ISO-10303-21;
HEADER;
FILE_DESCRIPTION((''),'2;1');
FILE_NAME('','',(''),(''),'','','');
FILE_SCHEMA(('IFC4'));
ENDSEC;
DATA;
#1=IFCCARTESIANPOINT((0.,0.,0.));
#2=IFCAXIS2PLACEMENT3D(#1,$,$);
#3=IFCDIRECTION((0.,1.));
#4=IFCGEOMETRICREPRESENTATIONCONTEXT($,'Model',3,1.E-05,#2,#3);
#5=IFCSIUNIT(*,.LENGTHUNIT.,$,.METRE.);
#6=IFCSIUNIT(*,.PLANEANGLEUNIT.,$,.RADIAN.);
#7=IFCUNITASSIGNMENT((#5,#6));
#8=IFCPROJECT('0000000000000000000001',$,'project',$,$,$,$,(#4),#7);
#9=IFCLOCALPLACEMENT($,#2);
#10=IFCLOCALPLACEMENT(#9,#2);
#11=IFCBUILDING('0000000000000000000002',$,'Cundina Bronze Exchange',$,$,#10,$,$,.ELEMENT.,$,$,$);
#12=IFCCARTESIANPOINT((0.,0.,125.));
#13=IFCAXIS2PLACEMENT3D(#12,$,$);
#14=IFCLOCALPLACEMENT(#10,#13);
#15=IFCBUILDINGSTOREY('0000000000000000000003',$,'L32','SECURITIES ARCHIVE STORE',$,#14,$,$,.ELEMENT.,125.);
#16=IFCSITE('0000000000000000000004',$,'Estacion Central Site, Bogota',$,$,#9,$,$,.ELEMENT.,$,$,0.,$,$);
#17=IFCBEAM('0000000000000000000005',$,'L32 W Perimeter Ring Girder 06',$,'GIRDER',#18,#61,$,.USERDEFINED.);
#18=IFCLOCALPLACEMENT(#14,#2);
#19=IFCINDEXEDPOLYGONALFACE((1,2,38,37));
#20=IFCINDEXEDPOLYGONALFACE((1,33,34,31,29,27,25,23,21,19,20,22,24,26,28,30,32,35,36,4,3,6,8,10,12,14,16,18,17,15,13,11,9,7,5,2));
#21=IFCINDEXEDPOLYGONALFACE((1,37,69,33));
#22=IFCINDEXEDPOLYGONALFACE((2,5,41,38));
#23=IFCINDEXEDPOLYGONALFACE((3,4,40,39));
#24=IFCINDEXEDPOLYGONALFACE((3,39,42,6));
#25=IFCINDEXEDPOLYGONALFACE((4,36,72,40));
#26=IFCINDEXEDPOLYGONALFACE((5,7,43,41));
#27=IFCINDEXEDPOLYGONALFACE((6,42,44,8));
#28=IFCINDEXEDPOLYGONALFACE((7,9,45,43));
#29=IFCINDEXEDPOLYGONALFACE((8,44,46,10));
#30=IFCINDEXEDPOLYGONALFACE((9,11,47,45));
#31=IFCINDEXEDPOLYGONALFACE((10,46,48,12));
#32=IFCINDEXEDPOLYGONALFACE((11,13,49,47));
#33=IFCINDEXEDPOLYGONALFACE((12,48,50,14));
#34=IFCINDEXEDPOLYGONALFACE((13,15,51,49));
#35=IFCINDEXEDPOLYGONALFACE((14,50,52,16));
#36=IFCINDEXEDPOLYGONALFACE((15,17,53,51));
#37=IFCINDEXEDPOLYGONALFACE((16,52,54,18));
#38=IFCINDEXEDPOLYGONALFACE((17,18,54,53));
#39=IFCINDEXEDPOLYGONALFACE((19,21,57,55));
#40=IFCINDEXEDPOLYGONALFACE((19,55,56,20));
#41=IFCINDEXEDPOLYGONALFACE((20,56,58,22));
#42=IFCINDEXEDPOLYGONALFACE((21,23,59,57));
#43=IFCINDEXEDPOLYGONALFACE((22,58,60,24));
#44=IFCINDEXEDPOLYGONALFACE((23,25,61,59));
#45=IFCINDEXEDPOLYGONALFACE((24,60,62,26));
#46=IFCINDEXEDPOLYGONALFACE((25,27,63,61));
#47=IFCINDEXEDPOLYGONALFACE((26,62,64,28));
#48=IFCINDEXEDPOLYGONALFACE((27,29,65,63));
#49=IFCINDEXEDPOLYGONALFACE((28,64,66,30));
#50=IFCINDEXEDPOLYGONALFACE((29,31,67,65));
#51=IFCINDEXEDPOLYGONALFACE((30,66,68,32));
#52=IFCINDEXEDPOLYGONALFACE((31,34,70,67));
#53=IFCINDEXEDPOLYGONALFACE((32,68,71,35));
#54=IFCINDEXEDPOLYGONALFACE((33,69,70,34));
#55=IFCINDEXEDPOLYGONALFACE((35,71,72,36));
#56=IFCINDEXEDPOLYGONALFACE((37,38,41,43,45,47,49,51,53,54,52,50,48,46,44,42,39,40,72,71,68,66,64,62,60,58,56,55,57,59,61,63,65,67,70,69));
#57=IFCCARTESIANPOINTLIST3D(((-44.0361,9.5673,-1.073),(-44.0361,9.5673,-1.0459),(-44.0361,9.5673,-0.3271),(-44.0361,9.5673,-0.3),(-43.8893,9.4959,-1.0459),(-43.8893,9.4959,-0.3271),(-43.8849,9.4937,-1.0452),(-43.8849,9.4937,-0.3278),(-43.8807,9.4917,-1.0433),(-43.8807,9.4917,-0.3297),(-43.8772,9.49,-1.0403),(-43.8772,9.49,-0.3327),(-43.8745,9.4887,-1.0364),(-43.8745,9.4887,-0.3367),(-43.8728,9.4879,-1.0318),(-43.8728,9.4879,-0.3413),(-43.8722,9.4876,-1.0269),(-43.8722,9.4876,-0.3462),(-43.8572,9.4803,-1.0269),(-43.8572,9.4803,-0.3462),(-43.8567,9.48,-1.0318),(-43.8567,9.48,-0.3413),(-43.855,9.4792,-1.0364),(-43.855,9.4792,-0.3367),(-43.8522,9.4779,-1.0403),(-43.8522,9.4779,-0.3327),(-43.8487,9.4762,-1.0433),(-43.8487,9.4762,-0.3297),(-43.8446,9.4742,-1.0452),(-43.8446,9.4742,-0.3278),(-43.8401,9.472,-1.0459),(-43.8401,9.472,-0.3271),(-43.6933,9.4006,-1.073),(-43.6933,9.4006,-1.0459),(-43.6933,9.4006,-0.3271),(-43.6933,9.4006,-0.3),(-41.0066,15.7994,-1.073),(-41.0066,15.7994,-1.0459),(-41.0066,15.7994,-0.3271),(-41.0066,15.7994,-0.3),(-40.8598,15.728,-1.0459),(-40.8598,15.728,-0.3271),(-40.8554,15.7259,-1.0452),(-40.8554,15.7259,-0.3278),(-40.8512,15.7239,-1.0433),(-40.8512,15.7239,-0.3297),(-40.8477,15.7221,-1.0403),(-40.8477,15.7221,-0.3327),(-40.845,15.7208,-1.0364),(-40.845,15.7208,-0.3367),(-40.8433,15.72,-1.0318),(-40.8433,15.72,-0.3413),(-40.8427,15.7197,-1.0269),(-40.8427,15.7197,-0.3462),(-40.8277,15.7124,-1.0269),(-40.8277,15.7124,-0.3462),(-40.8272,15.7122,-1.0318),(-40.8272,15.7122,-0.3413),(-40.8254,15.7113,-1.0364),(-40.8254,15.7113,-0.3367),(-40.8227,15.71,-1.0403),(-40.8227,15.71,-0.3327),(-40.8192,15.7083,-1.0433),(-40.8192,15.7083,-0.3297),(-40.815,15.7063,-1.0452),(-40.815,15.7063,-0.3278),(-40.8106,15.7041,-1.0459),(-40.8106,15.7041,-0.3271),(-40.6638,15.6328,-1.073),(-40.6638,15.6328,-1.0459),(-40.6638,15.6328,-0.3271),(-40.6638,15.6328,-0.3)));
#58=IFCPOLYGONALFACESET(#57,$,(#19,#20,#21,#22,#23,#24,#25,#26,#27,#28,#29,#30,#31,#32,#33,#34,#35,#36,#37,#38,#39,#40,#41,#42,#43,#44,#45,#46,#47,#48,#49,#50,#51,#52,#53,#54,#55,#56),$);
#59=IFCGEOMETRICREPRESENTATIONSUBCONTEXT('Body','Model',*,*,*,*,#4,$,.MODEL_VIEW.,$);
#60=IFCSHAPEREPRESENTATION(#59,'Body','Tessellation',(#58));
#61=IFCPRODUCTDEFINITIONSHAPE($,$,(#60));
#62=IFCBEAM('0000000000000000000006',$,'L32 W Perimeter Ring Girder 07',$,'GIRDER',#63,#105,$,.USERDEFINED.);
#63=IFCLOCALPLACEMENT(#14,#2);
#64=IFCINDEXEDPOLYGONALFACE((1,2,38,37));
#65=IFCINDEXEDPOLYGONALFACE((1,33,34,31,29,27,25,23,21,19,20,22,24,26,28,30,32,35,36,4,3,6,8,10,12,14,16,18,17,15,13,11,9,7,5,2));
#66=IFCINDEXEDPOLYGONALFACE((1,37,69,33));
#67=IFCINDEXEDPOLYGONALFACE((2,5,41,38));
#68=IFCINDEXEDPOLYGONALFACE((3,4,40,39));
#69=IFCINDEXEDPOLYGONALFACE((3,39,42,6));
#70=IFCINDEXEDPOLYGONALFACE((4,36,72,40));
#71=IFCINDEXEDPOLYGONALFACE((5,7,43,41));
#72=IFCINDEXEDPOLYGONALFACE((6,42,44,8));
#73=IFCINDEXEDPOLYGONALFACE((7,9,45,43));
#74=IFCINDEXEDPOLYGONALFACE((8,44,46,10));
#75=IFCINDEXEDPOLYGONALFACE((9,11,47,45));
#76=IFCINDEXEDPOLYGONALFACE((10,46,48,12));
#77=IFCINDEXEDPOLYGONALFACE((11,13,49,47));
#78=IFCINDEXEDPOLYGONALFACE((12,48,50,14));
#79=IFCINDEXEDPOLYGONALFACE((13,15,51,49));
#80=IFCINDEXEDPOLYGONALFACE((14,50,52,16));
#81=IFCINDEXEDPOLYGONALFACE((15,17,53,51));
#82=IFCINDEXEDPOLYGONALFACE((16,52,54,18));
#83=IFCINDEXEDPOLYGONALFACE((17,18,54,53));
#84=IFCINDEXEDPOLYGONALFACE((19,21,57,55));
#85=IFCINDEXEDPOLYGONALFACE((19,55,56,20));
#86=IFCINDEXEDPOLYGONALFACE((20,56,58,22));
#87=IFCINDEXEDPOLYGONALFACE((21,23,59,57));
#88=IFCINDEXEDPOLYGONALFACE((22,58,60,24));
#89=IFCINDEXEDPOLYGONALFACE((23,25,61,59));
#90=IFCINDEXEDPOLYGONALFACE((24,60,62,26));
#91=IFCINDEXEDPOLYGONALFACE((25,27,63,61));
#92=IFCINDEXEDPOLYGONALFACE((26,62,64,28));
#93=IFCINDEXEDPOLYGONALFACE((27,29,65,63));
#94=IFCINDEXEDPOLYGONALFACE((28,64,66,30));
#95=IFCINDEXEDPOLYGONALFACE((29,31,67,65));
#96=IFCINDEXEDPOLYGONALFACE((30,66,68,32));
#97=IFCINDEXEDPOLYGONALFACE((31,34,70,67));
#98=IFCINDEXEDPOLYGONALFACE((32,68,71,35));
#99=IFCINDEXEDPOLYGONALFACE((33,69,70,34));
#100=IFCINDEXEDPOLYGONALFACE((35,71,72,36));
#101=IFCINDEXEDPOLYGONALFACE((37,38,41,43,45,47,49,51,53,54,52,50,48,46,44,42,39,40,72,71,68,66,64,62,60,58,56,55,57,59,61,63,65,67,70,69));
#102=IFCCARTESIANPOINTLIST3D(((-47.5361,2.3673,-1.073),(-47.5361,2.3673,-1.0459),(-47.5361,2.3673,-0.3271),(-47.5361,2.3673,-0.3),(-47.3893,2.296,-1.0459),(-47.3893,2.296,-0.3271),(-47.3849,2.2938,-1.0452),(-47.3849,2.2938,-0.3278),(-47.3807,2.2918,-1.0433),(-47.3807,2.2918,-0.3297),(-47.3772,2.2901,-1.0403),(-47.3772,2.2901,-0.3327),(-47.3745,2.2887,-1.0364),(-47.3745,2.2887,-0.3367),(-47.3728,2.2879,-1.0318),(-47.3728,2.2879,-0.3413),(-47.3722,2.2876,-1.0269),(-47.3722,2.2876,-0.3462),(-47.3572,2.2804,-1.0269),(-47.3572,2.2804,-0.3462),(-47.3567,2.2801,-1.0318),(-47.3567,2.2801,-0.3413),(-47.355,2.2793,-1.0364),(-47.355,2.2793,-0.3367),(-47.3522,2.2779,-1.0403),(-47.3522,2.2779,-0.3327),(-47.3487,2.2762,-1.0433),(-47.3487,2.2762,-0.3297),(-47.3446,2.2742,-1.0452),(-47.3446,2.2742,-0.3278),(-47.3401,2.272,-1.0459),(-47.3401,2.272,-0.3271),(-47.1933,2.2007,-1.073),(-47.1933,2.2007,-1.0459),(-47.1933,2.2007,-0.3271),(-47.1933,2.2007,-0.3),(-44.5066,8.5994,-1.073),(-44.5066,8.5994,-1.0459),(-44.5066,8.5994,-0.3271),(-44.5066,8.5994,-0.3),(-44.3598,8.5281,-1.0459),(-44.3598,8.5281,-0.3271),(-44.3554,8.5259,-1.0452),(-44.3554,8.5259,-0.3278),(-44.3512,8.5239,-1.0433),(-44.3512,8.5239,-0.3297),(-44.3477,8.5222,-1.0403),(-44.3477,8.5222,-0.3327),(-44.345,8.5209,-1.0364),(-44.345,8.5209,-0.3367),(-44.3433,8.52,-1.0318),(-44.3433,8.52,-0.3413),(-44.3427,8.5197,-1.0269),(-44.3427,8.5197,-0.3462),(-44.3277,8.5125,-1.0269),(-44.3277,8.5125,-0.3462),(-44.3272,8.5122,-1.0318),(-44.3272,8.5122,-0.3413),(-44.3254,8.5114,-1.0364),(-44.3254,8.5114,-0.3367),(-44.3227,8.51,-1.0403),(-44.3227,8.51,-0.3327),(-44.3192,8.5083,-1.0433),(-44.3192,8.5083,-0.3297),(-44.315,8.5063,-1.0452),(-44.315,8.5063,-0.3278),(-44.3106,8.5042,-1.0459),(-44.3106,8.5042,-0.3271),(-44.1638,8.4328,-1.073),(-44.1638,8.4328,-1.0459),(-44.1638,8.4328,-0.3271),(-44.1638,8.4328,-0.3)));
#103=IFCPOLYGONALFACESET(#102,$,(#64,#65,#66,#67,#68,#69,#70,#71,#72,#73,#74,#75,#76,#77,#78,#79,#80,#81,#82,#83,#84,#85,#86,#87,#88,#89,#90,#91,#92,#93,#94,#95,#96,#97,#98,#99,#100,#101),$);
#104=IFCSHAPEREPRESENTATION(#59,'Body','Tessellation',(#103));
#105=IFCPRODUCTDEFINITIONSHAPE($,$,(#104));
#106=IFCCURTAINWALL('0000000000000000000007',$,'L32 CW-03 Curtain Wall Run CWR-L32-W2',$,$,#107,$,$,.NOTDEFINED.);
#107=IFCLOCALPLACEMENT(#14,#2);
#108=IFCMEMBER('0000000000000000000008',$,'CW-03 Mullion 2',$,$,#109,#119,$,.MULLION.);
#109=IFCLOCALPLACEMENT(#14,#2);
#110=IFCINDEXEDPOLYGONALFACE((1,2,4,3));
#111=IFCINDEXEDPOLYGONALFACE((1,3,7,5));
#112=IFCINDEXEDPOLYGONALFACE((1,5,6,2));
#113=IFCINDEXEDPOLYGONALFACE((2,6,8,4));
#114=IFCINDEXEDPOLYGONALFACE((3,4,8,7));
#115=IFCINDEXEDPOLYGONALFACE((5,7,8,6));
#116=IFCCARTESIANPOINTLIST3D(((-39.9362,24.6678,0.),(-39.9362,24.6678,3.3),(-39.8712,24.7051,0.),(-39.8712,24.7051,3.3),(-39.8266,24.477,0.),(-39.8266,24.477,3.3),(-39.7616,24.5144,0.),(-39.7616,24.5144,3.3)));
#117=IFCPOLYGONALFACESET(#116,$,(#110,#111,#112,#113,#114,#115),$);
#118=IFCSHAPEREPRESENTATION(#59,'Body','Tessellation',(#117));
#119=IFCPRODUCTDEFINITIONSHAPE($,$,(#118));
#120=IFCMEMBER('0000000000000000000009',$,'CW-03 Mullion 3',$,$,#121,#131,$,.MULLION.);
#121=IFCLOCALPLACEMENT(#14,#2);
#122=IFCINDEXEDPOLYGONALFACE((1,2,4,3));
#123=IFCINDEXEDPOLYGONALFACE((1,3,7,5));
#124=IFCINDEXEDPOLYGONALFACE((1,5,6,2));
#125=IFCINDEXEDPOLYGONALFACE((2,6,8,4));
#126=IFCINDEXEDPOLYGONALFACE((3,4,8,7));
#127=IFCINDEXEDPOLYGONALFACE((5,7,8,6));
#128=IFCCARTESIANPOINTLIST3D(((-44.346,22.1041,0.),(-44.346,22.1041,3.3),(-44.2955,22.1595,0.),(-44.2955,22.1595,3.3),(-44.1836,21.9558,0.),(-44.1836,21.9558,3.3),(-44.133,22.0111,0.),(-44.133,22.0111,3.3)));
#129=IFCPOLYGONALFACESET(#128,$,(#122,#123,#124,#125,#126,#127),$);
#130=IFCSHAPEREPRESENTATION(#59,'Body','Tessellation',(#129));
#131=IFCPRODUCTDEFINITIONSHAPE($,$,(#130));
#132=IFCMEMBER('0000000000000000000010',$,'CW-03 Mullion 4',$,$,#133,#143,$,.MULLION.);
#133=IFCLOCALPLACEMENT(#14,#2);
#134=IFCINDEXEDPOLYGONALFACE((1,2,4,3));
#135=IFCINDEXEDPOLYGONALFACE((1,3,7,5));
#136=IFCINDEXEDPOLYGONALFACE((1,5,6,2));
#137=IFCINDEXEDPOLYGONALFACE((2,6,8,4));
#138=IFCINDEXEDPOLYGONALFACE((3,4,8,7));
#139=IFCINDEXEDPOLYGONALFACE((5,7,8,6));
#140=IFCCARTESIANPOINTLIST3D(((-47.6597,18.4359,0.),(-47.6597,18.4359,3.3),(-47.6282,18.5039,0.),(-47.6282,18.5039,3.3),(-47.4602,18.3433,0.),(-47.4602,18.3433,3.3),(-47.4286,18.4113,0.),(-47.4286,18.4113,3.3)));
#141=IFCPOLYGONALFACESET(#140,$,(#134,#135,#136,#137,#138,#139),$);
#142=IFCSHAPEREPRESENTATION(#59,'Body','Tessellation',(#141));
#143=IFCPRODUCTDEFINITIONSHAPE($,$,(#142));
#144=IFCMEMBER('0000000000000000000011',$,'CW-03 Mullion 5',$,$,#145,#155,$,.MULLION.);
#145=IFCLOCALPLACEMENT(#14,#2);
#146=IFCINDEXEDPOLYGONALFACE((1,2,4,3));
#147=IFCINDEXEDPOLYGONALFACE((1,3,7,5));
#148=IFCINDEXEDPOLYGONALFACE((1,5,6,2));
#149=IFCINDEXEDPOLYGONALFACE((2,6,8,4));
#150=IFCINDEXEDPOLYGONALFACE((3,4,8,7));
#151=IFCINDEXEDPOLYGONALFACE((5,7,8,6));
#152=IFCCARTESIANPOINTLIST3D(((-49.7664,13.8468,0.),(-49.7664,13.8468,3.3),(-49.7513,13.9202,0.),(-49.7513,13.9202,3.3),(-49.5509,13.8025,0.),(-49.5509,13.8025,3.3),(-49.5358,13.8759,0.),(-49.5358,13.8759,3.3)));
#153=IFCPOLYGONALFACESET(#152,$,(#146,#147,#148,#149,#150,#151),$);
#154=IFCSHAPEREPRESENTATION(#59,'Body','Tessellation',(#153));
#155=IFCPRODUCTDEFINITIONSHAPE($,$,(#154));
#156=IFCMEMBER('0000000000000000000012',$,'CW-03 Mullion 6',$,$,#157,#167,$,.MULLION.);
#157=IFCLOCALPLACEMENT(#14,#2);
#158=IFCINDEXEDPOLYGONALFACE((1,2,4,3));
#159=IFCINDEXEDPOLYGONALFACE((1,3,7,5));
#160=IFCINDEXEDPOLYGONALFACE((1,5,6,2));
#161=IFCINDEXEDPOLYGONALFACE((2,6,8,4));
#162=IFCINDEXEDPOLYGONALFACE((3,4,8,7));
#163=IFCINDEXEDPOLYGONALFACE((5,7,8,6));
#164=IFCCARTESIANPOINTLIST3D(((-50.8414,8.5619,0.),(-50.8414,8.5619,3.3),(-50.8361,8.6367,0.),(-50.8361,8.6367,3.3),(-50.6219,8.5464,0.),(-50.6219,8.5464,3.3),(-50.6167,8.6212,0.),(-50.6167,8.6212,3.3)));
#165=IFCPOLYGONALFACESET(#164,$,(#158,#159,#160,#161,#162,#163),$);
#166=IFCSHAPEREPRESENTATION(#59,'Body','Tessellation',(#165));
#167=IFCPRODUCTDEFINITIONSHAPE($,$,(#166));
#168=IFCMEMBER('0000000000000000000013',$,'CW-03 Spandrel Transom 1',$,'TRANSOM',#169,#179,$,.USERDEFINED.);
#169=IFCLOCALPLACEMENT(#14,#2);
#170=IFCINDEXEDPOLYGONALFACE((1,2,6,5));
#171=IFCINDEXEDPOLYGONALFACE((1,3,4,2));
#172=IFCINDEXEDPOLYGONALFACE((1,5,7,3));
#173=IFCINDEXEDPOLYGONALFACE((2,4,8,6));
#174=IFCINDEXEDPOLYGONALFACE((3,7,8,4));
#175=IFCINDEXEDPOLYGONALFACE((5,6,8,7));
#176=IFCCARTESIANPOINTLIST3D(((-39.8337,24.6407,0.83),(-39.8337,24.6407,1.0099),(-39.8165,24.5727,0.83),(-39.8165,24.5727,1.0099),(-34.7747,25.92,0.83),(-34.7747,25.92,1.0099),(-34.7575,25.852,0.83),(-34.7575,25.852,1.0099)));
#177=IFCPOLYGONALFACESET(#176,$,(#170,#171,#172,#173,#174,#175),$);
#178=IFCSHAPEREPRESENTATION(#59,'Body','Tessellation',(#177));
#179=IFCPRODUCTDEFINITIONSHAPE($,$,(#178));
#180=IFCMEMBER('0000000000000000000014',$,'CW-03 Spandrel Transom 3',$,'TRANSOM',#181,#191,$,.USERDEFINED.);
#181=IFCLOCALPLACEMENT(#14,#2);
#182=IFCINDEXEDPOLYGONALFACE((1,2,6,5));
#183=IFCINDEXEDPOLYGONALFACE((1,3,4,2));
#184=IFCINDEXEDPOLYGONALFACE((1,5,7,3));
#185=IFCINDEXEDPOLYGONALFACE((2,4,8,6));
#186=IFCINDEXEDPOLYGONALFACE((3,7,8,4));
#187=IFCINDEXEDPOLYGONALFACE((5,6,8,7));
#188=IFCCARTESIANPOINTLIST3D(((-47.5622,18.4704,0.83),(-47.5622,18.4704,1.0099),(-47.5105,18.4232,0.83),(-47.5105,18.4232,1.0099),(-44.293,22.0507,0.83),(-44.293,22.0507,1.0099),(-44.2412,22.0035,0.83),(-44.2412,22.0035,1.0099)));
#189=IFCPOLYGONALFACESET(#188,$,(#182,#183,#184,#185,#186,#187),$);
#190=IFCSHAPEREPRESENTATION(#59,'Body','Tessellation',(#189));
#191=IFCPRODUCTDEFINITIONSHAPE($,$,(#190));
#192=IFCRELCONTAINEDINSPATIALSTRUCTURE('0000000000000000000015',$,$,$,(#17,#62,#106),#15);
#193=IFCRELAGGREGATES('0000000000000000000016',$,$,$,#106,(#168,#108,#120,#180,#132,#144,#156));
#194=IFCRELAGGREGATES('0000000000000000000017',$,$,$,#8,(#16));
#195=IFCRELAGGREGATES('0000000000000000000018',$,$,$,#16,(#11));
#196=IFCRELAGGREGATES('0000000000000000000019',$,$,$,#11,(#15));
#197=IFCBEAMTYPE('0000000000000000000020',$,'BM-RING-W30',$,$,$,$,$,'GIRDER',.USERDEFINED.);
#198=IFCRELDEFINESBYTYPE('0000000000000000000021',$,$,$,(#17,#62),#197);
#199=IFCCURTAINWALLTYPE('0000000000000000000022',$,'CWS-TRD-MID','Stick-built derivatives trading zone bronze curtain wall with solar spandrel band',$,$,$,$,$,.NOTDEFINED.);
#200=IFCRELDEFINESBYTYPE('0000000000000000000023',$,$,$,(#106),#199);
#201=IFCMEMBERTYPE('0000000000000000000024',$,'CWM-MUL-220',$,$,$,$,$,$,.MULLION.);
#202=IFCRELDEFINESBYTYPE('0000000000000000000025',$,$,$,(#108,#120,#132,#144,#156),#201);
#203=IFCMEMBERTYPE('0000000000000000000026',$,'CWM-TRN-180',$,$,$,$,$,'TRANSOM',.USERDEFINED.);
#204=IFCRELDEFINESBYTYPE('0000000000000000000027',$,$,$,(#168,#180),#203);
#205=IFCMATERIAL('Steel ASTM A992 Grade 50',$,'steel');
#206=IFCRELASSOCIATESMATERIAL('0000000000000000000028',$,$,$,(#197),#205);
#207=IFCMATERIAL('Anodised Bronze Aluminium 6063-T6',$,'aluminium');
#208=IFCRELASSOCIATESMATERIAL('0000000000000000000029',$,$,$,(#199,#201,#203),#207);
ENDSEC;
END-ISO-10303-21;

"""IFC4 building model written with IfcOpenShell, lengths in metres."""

from ifc_helpers import new_model, si_unit, direction, frame, origin, origin_2d, place, context, subcontext, project, spatial, rectangle, i_section, extrude, material, material_profile, profile_set, type_object, element, aggregate, save


model = new_model("IFC4")

# Units and contexts
model_context = context("Model", 3, precision=1e-05, world=origin(), true_north=direction((0.0, 1.0)))
body_context = subcontext(model_context, "Body", "Model", "MODEL_VIEW")
ifc_project = project(units=[si_unit("LENGTHUNIT", "METRE"), si_unit("PLANEANGLEUNIT", "RADIAN")], contexts=[model_context])

# Site, building, storey
site_placement = place(None, origin())
site = spatial("IfcSite", under=ifc_project, at=site_placement, Name="Estacion Central Site, Bogota", CompositionType="ELEMENT", RefElevation=0.0)
building_placement = place(site_placement, origin())
building = spatial("IfcBuilding", under=site, at=building_placement, Name="Cundina Bronze Exchange", CompositionType="ELEMENT")
storey_placement = place(building_placement, frame((0.0, 0.0, 125.0)))
storey = spatial("IfcBuildingStorey", under=building, at=storey_placement, Name="L32", Description="SECURITIES ARCHIVE STORE", CompositionType="ELEMENT", Elevation=125.0)

# Beams
ifc_material_1 = material(Name="Steel ASTM A992 Grade 50", Category="steel")
ifc_material_profile_1 = material_profile(ifc_material_1, i_section(OverallWidth=0.3811, OverallDepth=0.7729, WebThickness=0.0166, FlangeThickness=0.0271, FilletRadius=0.019, at=origin_2d()), Name="W30X173", Category="steel")
ifc_profile_set_1 = profile_set([ifc_material_profile_1], Name="Steel ASTM A992 Grade 50")
beam_type_1 = type_object("IfcBeamType", Name="BM-RING-W30", ElementType="GIRDER", PredefinedType="USERDEFINED", material=ifc_profile_set_1)
for number, where, z_axis, x_axis, name in (
    (1, (-40.8352, 15.7161, -0.6865), (-0.437194, -0.899367, 0.0), (0.899367, -0.437194, 0.0), "L32 W Perimeter Ring Girder 06"),
    (2, (-44.3352, 8.5161, -0.6865), (-0.437194, -0.899367, 0.0), (0.899367, -0.437194, 0.0), "L32 W Perimeter Ring Girder 07"),
):
    element("IfcBeam", number, at=place(storey_placement, frame(where, z_axis=z_axis, x_axis=x_axis)), inside=storey, type_object=beam_type_1, Name=name, ObjectType="GIRDER", PredefinedType="USERDEFINED", context=body_context, shape_type="SweptSolid", body=[
        extrude(i_section(OverallWidth=0.3811, OverallDepth=0.7729, WebThickness=0.0166, FlangeThickness=0.0271, FilletRadius=0.019, at=origin_2d()), origin(), (0.0, 0.0, 1.0), 6.9294),
    ])

# Curtain wall, members
ifc_material_2 = material(Name="Anodised Bronze Aluminium 6063-T6", Category="aluminium")
curtain_wall_type = type_object("IfcCurtainWallType", Name="CWS-TRD-MID", Description="Stick-built derivatives trading zone bronze curtain wall with solar spandrel band", PredefinedType="NOTDEFINED", material=ifc_material_2)
curtain_wall_placement = place(storey_placement, origin())
curtain_wall = element("IfcCurtainWall", 3, at=curtain_wall_placement, inside=storey, type_object=curtain_wall_type, Name="L32 CW-03 Curtain Wall Run CWR-L32-W2", PredefinedType="NOTDEFINED")
ifc_material_profile_2 = material_profile(ifc_material_2, rectangle(XDim=0.075, YDim=0.22, at=origin_2d()), Name="AL75X220", Category="aluminium")
ifc_profile_set_2 = profile_set([ifc_material_profile_2], Name="Anodised Bronze Aluminium 6063-T6")
member_type_1 = type_object("IfcMemberType", Name="CWM-MUL-220", PredefinedType="MULLION", material=ifc_profile_set_2)
member_1_placement = place(storey_placement, frame((-39.8489, 24.5911, 0.0), z_axis=(0.0, 0.0, 1.0), x_axis=(-0.867071, -0.498185, 0.0)))
member_1 = element("IfcMember", 4, at=member_1_placement, type_object=member_type_1, Name="CW-03 Mullion 2", PredefinedType="MULLION", context=body_context, shape_type="SweptSolid", body=[
    extrude(rectangle(XDim=0.075, YDim=0.22, at=origin_2d()), origin(), (0.0, 0.0, 1.0), 3.3),
])
member_2_placement = place(storey_placement, frame((-44.2395, 22.0576, 0.0), z_axis=(0.0, 0.0, 1.0), x_axis=(-0.674302, -0.738455, 0.0)))
member_2 = element("IfcMember", 5, at=member_2_placement, type_object=member_type_1, Name="CW-03 Mullion 3", PredefinedType="MULLION", context=body_context, shape_type="SweptSolid", body=[
    extrude(rectangle(XDim=0.075, YDim=0.22, at=origin_2d()), origin(), (0.0, 0.0, 1.0), 3.3),
])
member_3_placement = place(storey_placement, frame((-47.5442, 18.4236, 0.0), z_axis=(0.0, 0.0, 1.0), x_axis=(-0.420877, -0.907117, 0.0)))
member_3 = element("IfcMember", 6, at=member_3_placement, type_object=member_type_1, Name="CW-03 Mullion 4", PredefinedType="MULLION", context=body_context, shape_type="SweptSolid", body=[
    extrude(rectangle(XDim=0.075, YDim=0.22, at=origin_2d()), origin(), (0.0, 0.0, 1.0), 3.3),
])
member_4_placement = place(storey_placement, frame((-49.6511, 13.8613, 0.0), z_axis=(0.0, 0.0, 1.0), x_axis=(-0.20142, -0.979505, 0.0)))
member_4 = element("IfcMember", 7, at=member_4_placement, type_object=member_type_1, Name="CW-03 Mullion 5", PredefinedType="MULLION", context=body_context, shape_type="SweptSolid", body=[
    extrude(rectangle(XDim=0.075, YDim=0.22, at=origin_2d()), origin(), (0.0, 0.0, 1.0), 3.3),
])
member_5_placement = place(storey_placement, frame((-50.729, 8.5916, 0.0), z_axis=(0.0, 0.0, 1.0), x_axis=(-0.070279, -0.997527, 0.0)))
member_5 = element("IfcMember", 8, at=member_5_placement, type_object=member_type_1, Name="CW-03 Mullion 6", PredefinedType="MULLION", context=body_context, shape_type="SweptSolid", body=[
    extrude(rectangle(XDim=0.075, YDim=0.22, at=origin_2d()), origin(), (0.0, 0.0, 1.0), 3.3),
])
ifc_material_profile_3 = material_profile(ifc_material_2, rectangle(XDim=0.0701, YDim=0.1799, at=origin_2d()), Name="AL70X180", Category="aluminium")
ifc_profile_set_3 = profile_set([ifc_material_profile_3], Name="Anodised Bronze Aluminium 6063-T6")
member_type_2 = type_object("IfcMemberType", Name="CWM-TRN-180", ElementType="TRANSOM", PredefinedType="USERDEFINED", material=ifc_profile_set_3)
member_6_placement = place(storey_placement, frame((-34.7661, 25.886, 0.9199), z_axis=(-0.969484, -0.245155, 0.0), x_axis=(0.245155, -0.969484, 0.0)))
member_6 = element("IfcMember", 9, at=member_6_placement, type_object=member_type_2, Name="CW-03 Spandrel Transom 1", ObjectType="TRANSOM", PredefinedType="USERDEFINED", context=body_context, shape_type="SweptSolid", body=[
    extrude(rectangle(XDim=0.0701, YDim=0.1799, at=origin_2d()), origin(), (0.0, 0.0, 1.0), 5.2183),
])
member_7_placement = place(storey_placement, frame((-44.2671, 22.0271, 0.9199), z_axis=(-0.674303, -0.738455, 0.0), x_axis=(0.738455, -0.674303, 0.0)))
member_7 = element("IfcMember", 10, at=member_7_placement, type_object=member_type_2, Name="CW-03 Spandrel Transom 3", ObjectType="TRANSOM", PredefinedType="USERDEFINED", context=body_context, shape_type="SweptSolid", body=[
    extrude(rectangle(XDim=0.0701, YDim=0.1799, at=origin_2d()), origin(), (0.0, 0.0, 1.0), 4.8484),
])
aggregate(curtain_wall, [member_6, member_1, member_2, member_7, member_3, member_4, member_5])

save(model, "model.ifc")
